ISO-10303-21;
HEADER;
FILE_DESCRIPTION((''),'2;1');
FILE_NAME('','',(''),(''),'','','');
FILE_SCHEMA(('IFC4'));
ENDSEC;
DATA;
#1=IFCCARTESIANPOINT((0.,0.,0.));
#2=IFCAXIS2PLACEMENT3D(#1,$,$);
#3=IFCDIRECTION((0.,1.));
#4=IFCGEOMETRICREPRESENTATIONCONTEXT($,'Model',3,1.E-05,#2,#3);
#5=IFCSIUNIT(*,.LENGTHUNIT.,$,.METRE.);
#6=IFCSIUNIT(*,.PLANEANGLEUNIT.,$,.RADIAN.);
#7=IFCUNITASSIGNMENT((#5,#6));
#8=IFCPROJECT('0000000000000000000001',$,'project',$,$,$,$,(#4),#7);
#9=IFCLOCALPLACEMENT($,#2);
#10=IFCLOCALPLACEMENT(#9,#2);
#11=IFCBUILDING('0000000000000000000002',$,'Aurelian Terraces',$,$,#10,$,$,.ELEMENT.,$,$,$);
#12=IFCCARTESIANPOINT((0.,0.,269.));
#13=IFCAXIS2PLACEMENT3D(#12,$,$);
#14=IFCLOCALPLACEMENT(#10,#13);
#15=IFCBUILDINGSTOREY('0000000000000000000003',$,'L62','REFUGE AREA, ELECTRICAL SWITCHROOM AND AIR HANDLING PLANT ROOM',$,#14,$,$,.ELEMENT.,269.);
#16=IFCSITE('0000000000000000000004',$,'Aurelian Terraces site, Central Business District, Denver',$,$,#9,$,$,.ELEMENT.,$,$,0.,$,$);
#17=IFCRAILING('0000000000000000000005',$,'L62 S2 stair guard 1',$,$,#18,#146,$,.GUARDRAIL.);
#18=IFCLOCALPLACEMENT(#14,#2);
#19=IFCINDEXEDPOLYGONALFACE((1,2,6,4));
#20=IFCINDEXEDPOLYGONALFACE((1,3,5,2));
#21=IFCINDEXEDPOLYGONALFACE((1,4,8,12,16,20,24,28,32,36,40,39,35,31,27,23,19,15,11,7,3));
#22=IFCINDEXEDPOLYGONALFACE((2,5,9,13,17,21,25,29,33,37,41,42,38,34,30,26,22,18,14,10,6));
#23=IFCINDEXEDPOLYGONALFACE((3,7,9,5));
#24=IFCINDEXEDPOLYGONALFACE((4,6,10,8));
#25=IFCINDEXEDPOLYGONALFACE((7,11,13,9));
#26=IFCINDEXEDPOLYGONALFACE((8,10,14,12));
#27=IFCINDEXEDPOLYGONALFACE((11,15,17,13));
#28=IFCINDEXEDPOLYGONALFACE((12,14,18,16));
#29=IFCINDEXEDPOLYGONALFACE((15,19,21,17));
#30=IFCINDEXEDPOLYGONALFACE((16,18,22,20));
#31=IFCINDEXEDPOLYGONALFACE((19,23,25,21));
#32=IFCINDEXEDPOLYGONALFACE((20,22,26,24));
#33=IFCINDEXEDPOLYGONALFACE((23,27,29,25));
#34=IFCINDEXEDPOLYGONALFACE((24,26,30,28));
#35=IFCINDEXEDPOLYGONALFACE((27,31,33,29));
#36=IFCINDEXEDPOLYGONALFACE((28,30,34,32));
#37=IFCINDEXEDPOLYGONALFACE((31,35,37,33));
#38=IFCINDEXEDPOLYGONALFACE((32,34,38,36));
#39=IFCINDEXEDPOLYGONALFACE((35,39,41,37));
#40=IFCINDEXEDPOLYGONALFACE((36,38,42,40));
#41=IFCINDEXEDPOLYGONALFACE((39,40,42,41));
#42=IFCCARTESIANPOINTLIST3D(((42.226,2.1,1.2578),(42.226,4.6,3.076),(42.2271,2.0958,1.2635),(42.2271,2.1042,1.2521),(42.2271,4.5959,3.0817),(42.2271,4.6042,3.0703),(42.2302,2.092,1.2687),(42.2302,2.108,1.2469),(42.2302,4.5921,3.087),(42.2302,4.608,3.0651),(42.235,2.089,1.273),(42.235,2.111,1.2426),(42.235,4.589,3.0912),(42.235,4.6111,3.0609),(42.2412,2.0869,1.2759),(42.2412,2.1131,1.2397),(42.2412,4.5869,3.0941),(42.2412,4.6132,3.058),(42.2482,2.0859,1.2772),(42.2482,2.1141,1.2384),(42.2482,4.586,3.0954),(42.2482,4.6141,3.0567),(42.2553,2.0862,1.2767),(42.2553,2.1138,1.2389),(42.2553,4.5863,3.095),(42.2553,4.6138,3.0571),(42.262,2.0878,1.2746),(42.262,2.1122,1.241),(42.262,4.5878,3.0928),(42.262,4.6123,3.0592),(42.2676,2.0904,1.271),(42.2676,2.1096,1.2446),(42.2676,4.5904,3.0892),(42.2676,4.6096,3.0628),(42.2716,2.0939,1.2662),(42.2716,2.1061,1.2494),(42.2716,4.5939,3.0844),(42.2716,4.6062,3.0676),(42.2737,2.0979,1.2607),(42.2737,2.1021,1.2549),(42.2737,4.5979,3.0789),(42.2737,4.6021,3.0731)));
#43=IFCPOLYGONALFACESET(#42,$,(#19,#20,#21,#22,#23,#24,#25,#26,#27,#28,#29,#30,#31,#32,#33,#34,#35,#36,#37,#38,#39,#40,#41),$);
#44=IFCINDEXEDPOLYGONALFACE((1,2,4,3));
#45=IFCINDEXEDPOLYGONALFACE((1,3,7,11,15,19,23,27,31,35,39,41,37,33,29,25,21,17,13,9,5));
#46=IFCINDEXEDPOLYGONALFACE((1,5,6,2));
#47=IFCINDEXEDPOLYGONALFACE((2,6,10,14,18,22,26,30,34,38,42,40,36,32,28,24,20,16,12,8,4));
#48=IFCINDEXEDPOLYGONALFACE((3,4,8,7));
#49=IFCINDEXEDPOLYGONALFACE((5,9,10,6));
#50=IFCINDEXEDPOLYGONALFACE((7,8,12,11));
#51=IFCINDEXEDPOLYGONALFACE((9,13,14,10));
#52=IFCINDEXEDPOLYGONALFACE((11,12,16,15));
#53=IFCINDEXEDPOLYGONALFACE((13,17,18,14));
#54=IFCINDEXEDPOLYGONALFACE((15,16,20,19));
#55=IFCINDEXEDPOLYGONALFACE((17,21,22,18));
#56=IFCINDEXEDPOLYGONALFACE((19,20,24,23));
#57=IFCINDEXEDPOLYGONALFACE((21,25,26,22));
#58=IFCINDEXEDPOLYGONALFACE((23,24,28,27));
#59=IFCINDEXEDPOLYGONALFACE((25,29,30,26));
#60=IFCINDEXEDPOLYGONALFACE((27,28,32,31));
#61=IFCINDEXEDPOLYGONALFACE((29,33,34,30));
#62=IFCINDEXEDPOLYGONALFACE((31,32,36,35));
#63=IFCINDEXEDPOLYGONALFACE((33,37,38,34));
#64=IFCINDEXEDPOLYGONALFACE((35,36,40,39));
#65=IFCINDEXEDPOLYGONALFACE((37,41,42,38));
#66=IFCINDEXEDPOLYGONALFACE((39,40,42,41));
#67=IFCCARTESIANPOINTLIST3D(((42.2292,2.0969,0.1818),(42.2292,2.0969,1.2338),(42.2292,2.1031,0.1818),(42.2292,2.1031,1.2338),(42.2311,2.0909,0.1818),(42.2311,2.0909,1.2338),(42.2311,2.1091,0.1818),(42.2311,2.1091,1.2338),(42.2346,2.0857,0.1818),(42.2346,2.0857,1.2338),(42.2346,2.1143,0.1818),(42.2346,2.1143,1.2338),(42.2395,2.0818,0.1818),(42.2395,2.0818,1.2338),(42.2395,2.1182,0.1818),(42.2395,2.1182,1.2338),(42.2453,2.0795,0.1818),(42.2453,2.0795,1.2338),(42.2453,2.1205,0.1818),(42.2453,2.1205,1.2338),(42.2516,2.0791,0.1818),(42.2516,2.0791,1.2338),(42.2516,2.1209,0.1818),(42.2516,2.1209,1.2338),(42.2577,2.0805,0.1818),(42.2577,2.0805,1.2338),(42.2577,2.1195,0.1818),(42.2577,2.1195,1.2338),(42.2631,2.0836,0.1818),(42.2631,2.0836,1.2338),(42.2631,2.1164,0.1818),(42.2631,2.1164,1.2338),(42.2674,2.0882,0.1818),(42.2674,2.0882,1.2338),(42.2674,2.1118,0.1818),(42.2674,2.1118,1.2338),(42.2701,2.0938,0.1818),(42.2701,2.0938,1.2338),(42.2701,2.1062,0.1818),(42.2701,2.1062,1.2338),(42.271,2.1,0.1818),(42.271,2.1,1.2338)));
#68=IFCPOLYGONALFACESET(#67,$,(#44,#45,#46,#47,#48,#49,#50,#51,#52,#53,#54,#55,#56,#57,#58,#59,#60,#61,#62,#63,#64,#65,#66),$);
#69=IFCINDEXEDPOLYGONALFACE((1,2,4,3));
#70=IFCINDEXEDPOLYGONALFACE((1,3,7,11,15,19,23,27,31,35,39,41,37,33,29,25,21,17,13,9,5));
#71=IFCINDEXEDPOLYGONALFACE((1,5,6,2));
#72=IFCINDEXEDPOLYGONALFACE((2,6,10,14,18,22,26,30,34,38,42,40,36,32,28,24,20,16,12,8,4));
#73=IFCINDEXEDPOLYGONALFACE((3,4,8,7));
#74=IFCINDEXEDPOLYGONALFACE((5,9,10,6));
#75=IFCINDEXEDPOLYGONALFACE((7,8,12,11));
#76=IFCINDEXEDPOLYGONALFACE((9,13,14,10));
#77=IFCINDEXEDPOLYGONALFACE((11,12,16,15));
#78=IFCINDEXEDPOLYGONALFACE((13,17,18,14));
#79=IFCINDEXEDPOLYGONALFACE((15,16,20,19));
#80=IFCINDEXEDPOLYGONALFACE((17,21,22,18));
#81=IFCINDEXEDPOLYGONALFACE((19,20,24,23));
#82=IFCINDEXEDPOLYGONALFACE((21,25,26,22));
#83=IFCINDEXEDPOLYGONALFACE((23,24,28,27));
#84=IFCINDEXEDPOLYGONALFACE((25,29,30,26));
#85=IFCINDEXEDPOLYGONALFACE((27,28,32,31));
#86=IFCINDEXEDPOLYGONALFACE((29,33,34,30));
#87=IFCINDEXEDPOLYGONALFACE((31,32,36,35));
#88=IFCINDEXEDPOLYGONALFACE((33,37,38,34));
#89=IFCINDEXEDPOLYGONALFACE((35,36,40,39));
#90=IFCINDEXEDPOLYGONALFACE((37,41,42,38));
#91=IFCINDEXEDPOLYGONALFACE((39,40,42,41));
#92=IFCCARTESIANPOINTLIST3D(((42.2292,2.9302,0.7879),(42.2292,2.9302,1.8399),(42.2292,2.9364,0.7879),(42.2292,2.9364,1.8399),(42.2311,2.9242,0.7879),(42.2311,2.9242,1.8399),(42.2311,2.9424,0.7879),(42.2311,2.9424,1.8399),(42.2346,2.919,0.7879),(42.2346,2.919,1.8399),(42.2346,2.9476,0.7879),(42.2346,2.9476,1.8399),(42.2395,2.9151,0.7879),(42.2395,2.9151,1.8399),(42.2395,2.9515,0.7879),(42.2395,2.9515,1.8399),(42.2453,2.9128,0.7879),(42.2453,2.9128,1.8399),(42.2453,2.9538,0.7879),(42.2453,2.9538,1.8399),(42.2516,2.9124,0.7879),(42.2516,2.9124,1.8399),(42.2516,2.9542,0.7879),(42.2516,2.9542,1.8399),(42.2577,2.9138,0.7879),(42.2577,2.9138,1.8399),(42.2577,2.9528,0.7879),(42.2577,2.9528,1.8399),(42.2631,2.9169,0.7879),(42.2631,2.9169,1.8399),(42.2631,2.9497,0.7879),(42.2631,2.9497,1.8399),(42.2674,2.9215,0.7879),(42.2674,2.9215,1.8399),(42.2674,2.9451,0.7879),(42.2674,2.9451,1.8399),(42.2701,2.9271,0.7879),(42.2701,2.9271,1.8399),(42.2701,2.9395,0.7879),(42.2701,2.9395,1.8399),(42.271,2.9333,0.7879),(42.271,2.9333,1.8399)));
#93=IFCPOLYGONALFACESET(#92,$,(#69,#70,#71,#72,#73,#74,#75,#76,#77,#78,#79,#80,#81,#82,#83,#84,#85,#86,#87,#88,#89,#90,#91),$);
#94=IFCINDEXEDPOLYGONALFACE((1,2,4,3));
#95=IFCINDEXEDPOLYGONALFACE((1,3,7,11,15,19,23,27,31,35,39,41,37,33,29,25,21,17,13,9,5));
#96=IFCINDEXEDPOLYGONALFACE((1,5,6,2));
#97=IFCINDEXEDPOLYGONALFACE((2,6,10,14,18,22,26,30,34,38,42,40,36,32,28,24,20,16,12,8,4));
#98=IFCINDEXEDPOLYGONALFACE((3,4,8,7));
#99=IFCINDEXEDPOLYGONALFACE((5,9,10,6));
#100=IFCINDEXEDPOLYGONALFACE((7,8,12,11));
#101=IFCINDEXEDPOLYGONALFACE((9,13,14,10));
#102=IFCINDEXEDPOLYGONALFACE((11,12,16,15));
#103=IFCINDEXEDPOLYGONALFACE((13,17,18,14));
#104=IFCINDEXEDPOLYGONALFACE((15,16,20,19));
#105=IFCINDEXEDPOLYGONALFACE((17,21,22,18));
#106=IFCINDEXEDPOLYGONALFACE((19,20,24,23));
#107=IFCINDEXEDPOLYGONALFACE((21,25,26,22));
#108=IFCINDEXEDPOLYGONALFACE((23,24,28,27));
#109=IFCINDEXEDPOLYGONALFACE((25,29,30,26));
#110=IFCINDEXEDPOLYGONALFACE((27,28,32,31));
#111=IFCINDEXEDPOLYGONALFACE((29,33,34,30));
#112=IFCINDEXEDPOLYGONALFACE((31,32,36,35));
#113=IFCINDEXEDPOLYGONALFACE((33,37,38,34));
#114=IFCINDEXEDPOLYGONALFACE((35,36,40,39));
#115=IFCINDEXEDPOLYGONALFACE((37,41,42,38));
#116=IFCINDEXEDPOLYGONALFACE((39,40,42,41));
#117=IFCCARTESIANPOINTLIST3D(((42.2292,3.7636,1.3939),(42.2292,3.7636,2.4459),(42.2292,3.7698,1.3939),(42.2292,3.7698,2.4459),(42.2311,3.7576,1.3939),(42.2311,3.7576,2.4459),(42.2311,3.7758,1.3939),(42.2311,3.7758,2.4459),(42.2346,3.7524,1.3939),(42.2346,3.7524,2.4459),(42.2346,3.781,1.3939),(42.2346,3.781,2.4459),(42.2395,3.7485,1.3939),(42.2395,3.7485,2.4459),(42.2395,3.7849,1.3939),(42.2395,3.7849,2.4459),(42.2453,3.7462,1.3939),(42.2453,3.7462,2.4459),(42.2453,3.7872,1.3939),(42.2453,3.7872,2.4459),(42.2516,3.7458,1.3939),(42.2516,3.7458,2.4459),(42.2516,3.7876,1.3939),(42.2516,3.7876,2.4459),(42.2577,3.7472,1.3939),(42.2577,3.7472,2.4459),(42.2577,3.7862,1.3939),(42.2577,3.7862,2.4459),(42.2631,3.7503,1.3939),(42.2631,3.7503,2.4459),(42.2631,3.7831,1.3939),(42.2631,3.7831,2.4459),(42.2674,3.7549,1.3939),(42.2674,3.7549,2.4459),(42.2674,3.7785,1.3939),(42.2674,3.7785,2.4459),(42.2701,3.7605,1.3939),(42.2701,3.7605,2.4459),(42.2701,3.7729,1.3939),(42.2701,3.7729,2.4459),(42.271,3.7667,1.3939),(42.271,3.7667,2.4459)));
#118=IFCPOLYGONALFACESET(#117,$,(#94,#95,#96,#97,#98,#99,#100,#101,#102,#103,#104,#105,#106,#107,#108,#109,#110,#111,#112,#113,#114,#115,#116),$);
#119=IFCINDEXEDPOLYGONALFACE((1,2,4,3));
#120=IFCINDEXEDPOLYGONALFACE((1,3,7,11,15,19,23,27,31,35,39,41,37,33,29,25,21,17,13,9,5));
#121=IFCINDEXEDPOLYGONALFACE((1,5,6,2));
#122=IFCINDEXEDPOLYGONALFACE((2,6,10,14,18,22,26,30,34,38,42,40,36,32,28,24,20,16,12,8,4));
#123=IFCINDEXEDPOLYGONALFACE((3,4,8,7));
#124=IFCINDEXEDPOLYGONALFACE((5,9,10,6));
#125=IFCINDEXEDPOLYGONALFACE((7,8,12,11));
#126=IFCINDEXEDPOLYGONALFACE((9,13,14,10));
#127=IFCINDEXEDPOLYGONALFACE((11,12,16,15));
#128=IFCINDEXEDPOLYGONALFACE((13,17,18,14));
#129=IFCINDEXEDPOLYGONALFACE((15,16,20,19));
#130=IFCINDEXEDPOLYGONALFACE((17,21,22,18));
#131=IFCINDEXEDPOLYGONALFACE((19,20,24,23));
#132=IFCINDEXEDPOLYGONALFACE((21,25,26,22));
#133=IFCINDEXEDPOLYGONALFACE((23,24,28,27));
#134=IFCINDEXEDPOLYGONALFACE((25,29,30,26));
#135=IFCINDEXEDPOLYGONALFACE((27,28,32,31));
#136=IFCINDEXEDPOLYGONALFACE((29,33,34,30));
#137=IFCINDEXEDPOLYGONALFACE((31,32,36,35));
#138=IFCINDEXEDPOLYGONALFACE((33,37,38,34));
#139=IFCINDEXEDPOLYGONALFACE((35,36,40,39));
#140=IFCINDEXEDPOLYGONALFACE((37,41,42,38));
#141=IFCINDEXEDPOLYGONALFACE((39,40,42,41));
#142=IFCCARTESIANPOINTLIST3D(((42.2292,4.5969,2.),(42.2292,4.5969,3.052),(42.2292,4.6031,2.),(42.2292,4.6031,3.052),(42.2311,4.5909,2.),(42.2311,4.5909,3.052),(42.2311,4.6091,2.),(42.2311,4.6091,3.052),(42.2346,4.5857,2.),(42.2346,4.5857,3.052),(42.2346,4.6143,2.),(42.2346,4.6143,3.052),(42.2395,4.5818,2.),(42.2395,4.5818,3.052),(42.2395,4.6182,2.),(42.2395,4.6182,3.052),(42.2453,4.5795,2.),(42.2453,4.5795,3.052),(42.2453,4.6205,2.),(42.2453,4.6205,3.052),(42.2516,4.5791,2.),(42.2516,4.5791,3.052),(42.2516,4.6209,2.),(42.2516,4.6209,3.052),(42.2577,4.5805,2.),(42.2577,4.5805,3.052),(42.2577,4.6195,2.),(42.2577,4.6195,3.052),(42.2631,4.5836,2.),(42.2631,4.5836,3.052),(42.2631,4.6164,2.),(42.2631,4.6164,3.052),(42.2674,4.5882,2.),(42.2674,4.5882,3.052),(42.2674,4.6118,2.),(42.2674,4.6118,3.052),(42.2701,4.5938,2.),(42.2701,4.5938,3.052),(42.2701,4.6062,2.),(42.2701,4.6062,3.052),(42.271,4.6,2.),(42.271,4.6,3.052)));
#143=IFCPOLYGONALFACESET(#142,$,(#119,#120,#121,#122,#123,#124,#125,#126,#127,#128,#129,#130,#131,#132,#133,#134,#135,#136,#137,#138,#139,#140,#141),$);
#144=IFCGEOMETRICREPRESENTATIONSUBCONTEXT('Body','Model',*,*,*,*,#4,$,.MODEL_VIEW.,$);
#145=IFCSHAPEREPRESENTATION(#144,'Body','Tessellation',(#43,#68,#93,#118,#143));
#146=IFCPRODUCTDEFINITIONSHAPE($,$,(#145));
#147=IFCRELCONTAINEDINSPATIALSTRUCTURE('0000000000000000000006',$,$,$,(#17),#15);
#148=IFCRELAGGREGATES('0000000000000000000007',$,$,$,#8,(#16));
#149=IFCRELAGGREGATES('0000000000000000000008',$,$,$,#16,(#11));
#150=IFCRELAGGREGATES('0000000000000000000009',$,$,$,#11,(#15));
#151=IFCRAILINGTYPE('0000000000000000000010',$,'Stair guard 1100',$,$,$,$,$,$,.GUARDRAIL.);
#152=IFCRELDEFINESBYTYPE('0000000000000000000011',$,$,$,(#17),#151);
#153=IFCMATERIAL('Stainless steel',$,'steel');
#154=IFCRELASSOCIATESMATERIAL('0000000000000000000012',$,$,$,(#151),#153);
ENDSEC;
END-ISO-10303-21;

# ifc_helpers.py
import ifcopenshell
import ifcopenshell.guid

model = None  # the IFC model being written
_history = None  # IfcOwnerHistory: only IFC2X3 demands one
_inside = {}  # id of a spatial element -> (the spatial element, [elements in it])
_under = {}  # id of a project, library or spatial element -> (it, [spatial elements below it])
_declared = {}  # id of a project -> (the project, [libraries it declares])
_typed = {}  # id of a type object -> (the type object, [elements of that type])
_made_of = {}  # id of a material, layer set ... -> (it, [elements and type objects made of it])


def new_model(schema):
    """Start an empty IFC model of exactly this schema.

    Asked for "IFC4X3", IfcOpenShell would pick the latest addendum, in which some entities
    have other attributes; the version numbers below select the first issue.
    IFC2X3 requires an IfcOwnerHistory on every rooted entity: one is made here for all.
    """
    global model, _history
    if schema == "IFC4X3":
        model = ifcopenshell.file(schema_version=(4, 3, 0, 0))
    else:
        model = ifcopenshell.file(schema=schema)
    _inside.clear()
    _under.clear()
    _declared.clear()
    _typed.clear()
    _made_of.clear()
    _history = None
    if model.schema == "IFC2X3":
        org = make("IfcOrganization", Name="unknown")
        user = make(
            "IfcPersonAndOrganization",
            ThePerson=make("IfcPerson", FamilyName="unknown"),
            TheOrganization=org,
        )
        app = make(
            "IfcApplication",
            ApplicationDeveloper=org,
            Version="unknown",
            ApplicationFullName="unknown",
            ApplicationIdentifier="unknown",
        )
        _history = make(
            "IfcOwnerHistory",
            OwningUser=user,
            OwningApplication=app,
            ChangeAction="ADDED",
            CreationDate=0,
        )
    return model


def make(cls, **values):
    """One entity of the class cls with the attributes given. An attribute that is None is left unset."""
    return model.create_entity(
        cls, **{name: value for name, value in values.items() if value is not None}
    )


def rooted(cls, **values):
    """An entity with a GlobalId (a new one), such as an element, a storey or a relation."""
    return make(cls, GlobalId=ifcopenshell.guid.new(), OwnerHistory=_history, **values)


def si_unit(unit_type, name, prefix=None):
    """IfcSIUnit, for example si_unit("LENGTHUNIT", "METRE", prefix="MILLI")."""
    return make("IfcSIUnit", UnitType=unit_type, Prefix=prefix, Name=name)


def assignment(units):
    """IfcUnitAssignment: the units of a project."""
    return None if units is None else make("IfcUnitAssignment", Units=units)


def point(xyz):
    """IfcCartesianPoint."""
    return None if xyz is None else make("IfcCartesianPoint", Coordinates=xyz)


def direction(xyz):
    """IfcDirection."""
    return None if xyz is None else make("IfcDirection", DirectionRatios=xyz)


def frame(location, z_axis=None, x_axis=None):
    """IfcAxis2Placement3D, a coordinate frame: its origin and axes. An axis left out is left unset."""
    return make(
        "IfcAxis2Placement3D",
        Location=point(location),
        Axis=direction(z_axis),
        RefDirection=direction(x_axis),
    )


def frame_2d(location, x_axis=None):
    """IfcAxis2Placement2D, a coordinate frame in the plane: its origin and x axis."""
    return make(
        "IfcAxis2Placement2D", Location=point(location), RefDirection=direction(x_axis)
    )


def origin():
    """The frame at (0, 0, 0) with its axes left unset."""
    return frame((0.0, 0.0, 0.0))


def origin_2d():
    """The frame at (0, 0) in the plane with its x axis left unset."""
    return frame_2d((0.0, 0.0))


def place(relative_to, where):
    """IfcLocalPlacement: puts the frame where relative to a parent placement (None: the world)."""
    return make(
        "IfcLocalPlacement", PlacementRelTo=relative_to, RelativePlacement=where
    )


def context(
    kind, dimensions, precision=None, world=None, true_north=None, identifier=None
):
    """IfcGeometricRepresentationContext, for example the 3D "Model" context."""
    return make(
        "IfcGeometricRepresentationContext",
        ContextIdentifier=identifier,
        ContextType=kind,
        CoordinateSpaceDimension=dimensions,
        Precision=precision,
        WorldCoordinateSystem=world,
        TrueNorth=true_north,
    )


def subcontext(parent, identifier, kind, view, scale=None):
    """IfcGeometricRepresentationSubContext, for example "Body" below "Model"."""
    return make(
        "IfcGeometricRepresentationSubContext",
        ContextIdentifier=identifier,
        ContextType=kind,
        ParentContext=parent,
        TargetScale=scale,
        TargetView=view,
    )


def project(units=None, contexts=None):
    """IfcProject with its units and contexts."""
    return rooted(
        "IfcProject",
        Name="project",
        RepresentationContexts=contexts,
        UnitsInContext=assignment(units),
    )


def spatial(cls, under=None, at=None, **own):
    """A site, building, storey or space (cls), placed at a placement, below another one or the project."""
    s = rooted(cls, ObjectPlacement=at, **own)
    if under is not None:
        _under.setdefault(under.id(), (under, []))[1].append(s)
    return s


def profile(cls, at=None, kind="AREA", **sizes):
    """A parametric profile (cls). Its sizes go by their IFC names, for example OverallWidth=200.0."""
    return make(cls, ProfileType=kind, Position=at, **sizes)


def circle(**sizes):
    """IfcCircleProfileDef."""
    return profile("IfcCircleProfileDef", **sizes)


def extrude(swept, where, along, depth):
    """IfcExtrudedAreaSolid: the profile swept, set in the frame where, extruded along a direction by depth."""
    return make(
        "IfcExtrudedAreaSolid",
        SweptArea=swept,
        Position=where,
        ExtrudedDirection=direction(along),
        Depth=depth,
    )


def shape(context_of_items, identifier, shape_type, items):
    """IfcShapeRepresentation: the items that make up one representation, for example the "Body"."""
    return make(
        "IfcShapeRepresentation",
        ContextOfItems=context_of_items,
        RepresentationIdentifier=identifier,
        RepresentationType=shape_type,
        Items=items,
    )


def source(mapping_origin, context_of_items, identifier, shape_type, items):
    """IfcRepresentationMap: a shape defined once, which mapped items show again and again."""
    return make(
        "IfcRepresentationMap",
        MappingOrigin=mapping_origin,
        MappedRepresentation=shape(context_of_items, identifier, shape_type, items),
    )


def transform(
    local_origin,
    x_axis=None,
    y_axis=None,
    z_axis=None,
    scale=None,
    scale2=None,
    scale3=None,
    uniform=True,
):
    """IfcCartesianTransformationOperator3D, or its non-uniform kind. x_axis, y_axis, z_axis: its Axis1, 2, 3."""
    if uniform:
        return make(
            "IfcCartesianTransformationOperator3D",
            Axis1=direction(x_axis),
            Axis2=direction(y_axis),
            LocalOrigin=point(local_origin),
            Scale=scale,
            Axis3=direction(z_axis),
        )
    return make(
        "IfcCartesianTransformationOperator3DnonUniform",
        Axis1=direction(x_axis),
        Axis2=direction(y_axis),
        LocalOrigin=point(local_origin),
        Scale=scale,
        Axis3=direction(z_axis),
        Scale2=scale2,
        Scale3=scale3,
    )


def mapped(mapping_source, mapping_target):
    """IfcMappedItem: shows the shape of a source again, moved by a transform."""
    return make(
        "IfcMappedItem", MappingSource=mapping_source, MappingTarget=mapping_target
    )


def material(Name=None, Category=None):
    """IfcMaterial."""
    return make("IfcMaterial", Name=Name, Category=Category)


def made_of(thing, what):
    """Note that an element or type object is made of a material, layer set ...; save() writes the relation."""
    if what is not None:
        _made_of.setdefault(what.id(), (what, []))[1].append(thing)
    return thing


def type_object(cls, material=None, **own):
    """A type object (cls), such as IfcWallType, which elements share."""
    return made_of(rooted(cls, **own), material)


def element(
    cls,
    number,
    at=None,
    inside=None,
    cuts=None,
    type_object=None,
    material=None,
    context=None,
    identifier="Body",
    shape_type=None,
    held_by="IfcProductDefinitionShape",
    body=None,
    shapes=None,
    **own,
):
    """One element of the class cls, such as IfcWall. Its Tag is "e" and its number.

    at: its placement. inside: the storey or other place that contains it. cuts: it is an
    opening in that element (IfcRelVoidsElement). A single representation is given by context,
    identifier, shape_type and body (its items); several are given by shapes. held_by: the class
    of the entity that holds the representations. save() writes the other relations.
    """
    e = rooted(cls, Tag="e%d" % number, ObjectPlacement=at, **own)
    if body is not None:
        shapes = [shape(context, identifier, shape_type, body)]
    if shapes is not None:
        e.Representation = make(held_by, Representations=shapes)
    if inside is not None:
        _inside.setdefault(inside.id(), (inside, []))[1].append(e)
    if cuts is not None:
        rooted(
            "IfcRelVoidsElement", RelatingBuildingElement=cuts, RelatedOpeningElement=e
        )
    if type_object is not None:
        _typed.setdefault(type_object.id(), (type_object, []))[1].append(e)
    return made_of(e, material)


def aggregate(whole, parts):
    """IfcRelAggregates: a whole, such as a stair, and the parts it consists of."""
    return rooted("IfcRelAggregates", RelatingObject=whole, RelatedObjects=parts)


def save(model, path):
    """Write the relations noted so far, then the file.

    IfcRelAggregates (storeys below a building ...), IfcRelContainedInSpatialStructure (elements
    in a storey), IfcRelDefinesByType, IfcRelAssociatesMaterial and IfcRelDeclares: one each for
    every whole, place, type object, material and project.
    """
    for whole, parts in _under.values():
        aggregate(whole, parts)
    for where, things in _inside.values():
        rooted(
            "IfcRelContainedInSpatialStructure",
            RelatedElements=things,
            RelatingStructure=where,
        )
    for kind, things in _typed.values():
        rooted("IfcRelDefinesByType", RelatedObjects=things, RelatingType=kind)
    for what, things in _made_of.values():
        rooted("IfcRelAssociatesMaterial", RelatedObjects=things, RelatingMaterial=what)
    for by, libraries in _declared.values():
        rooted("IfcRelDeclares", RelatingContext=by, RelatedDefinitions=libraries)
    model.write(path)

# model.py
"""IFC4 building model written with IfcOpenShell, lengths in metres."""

from ifc_helpers import new_model, si_unit, direction, frame, origin, origin_2d, place, context, subcontext, project, spatial, circle, extrude, source, transform, mapped, material, type_object, element, save


model = new_model("IFC4")

# Units and contexts
model_context = context("Model", 3, precision=1e-05, world=origin(), true_north=direction((0.0, 1.0)))
body_context = subcontext(model_context, "Body", "Model", "MODEL_VIEW")
ifc_project = project(units=[si_unit("LENGTHUNIT", "METRE"), si_unit("PLANEANGLEUNIT", "RADIAN")], contexts=[model_context])

# Site, building, storey
site_placement = place(None, origin())
site = spatial("IfcSite", under=ifc_project, at=site_placement, Name="Aurelian Terraces site, Central Business District, Denver", CompositionType="ELEMENT", RefElevation=0.0)
building_placement = place(site_placement, origin())
building = spatial("IfcBuilding", under=site, at=building_placement, Name="Aurelian Terraces", CompositionType="ELEMENT")
storey_placement = place(building_placement, frame((0.0, 0.0, 269.0)))
storey = spatial("IfcBuildingStorey", under=building, at=storey_placement, Name="L62", Description="REFUGE AREA, ELECTRICAL SWITCHROOM AND AIR HANDLING PLANT ROOM", CompositionType="ELEMENT", Elevation=269.0)

# Railing
ifc_material_1 = material(Name="Stainless steel", Category="steel")
railing_type_1 = type_object("IfcRailingType", Name="Stair guard 1100", PredefinedType="GUARDRAIL", material=ifc_material_1)
shared_shape_1 = source(origin(), body_context, "Body", "SweptSolid", [
    extrude(circle(Radius=0.024, at=origin_2d()), frame((0.0, 0.0, 1.076), z_axis=(0.0, 0.808733, 0.588176), x_axis=(-1.0, 0.0, 0.0)), (0.0, 0.0, 1.0), 3.0913),
    extrude(circle(Radius=0.021, at=origin_2d()), origin(), (0.0, 0.0, 1.0), 1.052),
    extrude(circle(Radius=0.021, at=origin_2d()), frame((0.0, 0.8333, 0.6061)), (0.0, 0.0, 1.0), 1.052),
    extrude(circle(Radius=0.021, at=origin_2d()), frame((0.0, 1.6667, 1.2121)), (0.0, 0.0, 1.0), 1.052),
    extrude(circle(Radius=0.021, at=origin_2d()), frame((0.0, 2.5, 1.8182)), (0.0, 0.0, 1.0), 1.052),
])
for number, where, name in (
    (1, (42.25, 2.1, 0.1818), "L62 S2 stair guard 1"),
):
    element("IfcRailing", number, at=place(storey_placement, frame(where)), inside=storey, type_object=railing_type_1, Name=name, PredefinedType="GUARDRAIL", context=body_context, shape_type="MappedRepresentation", body=[
        mapped(shared_shape_1, transform((0.0, 0.0, 0.0), scale=1.0)),
    ])

save(model, "model.ifc")
